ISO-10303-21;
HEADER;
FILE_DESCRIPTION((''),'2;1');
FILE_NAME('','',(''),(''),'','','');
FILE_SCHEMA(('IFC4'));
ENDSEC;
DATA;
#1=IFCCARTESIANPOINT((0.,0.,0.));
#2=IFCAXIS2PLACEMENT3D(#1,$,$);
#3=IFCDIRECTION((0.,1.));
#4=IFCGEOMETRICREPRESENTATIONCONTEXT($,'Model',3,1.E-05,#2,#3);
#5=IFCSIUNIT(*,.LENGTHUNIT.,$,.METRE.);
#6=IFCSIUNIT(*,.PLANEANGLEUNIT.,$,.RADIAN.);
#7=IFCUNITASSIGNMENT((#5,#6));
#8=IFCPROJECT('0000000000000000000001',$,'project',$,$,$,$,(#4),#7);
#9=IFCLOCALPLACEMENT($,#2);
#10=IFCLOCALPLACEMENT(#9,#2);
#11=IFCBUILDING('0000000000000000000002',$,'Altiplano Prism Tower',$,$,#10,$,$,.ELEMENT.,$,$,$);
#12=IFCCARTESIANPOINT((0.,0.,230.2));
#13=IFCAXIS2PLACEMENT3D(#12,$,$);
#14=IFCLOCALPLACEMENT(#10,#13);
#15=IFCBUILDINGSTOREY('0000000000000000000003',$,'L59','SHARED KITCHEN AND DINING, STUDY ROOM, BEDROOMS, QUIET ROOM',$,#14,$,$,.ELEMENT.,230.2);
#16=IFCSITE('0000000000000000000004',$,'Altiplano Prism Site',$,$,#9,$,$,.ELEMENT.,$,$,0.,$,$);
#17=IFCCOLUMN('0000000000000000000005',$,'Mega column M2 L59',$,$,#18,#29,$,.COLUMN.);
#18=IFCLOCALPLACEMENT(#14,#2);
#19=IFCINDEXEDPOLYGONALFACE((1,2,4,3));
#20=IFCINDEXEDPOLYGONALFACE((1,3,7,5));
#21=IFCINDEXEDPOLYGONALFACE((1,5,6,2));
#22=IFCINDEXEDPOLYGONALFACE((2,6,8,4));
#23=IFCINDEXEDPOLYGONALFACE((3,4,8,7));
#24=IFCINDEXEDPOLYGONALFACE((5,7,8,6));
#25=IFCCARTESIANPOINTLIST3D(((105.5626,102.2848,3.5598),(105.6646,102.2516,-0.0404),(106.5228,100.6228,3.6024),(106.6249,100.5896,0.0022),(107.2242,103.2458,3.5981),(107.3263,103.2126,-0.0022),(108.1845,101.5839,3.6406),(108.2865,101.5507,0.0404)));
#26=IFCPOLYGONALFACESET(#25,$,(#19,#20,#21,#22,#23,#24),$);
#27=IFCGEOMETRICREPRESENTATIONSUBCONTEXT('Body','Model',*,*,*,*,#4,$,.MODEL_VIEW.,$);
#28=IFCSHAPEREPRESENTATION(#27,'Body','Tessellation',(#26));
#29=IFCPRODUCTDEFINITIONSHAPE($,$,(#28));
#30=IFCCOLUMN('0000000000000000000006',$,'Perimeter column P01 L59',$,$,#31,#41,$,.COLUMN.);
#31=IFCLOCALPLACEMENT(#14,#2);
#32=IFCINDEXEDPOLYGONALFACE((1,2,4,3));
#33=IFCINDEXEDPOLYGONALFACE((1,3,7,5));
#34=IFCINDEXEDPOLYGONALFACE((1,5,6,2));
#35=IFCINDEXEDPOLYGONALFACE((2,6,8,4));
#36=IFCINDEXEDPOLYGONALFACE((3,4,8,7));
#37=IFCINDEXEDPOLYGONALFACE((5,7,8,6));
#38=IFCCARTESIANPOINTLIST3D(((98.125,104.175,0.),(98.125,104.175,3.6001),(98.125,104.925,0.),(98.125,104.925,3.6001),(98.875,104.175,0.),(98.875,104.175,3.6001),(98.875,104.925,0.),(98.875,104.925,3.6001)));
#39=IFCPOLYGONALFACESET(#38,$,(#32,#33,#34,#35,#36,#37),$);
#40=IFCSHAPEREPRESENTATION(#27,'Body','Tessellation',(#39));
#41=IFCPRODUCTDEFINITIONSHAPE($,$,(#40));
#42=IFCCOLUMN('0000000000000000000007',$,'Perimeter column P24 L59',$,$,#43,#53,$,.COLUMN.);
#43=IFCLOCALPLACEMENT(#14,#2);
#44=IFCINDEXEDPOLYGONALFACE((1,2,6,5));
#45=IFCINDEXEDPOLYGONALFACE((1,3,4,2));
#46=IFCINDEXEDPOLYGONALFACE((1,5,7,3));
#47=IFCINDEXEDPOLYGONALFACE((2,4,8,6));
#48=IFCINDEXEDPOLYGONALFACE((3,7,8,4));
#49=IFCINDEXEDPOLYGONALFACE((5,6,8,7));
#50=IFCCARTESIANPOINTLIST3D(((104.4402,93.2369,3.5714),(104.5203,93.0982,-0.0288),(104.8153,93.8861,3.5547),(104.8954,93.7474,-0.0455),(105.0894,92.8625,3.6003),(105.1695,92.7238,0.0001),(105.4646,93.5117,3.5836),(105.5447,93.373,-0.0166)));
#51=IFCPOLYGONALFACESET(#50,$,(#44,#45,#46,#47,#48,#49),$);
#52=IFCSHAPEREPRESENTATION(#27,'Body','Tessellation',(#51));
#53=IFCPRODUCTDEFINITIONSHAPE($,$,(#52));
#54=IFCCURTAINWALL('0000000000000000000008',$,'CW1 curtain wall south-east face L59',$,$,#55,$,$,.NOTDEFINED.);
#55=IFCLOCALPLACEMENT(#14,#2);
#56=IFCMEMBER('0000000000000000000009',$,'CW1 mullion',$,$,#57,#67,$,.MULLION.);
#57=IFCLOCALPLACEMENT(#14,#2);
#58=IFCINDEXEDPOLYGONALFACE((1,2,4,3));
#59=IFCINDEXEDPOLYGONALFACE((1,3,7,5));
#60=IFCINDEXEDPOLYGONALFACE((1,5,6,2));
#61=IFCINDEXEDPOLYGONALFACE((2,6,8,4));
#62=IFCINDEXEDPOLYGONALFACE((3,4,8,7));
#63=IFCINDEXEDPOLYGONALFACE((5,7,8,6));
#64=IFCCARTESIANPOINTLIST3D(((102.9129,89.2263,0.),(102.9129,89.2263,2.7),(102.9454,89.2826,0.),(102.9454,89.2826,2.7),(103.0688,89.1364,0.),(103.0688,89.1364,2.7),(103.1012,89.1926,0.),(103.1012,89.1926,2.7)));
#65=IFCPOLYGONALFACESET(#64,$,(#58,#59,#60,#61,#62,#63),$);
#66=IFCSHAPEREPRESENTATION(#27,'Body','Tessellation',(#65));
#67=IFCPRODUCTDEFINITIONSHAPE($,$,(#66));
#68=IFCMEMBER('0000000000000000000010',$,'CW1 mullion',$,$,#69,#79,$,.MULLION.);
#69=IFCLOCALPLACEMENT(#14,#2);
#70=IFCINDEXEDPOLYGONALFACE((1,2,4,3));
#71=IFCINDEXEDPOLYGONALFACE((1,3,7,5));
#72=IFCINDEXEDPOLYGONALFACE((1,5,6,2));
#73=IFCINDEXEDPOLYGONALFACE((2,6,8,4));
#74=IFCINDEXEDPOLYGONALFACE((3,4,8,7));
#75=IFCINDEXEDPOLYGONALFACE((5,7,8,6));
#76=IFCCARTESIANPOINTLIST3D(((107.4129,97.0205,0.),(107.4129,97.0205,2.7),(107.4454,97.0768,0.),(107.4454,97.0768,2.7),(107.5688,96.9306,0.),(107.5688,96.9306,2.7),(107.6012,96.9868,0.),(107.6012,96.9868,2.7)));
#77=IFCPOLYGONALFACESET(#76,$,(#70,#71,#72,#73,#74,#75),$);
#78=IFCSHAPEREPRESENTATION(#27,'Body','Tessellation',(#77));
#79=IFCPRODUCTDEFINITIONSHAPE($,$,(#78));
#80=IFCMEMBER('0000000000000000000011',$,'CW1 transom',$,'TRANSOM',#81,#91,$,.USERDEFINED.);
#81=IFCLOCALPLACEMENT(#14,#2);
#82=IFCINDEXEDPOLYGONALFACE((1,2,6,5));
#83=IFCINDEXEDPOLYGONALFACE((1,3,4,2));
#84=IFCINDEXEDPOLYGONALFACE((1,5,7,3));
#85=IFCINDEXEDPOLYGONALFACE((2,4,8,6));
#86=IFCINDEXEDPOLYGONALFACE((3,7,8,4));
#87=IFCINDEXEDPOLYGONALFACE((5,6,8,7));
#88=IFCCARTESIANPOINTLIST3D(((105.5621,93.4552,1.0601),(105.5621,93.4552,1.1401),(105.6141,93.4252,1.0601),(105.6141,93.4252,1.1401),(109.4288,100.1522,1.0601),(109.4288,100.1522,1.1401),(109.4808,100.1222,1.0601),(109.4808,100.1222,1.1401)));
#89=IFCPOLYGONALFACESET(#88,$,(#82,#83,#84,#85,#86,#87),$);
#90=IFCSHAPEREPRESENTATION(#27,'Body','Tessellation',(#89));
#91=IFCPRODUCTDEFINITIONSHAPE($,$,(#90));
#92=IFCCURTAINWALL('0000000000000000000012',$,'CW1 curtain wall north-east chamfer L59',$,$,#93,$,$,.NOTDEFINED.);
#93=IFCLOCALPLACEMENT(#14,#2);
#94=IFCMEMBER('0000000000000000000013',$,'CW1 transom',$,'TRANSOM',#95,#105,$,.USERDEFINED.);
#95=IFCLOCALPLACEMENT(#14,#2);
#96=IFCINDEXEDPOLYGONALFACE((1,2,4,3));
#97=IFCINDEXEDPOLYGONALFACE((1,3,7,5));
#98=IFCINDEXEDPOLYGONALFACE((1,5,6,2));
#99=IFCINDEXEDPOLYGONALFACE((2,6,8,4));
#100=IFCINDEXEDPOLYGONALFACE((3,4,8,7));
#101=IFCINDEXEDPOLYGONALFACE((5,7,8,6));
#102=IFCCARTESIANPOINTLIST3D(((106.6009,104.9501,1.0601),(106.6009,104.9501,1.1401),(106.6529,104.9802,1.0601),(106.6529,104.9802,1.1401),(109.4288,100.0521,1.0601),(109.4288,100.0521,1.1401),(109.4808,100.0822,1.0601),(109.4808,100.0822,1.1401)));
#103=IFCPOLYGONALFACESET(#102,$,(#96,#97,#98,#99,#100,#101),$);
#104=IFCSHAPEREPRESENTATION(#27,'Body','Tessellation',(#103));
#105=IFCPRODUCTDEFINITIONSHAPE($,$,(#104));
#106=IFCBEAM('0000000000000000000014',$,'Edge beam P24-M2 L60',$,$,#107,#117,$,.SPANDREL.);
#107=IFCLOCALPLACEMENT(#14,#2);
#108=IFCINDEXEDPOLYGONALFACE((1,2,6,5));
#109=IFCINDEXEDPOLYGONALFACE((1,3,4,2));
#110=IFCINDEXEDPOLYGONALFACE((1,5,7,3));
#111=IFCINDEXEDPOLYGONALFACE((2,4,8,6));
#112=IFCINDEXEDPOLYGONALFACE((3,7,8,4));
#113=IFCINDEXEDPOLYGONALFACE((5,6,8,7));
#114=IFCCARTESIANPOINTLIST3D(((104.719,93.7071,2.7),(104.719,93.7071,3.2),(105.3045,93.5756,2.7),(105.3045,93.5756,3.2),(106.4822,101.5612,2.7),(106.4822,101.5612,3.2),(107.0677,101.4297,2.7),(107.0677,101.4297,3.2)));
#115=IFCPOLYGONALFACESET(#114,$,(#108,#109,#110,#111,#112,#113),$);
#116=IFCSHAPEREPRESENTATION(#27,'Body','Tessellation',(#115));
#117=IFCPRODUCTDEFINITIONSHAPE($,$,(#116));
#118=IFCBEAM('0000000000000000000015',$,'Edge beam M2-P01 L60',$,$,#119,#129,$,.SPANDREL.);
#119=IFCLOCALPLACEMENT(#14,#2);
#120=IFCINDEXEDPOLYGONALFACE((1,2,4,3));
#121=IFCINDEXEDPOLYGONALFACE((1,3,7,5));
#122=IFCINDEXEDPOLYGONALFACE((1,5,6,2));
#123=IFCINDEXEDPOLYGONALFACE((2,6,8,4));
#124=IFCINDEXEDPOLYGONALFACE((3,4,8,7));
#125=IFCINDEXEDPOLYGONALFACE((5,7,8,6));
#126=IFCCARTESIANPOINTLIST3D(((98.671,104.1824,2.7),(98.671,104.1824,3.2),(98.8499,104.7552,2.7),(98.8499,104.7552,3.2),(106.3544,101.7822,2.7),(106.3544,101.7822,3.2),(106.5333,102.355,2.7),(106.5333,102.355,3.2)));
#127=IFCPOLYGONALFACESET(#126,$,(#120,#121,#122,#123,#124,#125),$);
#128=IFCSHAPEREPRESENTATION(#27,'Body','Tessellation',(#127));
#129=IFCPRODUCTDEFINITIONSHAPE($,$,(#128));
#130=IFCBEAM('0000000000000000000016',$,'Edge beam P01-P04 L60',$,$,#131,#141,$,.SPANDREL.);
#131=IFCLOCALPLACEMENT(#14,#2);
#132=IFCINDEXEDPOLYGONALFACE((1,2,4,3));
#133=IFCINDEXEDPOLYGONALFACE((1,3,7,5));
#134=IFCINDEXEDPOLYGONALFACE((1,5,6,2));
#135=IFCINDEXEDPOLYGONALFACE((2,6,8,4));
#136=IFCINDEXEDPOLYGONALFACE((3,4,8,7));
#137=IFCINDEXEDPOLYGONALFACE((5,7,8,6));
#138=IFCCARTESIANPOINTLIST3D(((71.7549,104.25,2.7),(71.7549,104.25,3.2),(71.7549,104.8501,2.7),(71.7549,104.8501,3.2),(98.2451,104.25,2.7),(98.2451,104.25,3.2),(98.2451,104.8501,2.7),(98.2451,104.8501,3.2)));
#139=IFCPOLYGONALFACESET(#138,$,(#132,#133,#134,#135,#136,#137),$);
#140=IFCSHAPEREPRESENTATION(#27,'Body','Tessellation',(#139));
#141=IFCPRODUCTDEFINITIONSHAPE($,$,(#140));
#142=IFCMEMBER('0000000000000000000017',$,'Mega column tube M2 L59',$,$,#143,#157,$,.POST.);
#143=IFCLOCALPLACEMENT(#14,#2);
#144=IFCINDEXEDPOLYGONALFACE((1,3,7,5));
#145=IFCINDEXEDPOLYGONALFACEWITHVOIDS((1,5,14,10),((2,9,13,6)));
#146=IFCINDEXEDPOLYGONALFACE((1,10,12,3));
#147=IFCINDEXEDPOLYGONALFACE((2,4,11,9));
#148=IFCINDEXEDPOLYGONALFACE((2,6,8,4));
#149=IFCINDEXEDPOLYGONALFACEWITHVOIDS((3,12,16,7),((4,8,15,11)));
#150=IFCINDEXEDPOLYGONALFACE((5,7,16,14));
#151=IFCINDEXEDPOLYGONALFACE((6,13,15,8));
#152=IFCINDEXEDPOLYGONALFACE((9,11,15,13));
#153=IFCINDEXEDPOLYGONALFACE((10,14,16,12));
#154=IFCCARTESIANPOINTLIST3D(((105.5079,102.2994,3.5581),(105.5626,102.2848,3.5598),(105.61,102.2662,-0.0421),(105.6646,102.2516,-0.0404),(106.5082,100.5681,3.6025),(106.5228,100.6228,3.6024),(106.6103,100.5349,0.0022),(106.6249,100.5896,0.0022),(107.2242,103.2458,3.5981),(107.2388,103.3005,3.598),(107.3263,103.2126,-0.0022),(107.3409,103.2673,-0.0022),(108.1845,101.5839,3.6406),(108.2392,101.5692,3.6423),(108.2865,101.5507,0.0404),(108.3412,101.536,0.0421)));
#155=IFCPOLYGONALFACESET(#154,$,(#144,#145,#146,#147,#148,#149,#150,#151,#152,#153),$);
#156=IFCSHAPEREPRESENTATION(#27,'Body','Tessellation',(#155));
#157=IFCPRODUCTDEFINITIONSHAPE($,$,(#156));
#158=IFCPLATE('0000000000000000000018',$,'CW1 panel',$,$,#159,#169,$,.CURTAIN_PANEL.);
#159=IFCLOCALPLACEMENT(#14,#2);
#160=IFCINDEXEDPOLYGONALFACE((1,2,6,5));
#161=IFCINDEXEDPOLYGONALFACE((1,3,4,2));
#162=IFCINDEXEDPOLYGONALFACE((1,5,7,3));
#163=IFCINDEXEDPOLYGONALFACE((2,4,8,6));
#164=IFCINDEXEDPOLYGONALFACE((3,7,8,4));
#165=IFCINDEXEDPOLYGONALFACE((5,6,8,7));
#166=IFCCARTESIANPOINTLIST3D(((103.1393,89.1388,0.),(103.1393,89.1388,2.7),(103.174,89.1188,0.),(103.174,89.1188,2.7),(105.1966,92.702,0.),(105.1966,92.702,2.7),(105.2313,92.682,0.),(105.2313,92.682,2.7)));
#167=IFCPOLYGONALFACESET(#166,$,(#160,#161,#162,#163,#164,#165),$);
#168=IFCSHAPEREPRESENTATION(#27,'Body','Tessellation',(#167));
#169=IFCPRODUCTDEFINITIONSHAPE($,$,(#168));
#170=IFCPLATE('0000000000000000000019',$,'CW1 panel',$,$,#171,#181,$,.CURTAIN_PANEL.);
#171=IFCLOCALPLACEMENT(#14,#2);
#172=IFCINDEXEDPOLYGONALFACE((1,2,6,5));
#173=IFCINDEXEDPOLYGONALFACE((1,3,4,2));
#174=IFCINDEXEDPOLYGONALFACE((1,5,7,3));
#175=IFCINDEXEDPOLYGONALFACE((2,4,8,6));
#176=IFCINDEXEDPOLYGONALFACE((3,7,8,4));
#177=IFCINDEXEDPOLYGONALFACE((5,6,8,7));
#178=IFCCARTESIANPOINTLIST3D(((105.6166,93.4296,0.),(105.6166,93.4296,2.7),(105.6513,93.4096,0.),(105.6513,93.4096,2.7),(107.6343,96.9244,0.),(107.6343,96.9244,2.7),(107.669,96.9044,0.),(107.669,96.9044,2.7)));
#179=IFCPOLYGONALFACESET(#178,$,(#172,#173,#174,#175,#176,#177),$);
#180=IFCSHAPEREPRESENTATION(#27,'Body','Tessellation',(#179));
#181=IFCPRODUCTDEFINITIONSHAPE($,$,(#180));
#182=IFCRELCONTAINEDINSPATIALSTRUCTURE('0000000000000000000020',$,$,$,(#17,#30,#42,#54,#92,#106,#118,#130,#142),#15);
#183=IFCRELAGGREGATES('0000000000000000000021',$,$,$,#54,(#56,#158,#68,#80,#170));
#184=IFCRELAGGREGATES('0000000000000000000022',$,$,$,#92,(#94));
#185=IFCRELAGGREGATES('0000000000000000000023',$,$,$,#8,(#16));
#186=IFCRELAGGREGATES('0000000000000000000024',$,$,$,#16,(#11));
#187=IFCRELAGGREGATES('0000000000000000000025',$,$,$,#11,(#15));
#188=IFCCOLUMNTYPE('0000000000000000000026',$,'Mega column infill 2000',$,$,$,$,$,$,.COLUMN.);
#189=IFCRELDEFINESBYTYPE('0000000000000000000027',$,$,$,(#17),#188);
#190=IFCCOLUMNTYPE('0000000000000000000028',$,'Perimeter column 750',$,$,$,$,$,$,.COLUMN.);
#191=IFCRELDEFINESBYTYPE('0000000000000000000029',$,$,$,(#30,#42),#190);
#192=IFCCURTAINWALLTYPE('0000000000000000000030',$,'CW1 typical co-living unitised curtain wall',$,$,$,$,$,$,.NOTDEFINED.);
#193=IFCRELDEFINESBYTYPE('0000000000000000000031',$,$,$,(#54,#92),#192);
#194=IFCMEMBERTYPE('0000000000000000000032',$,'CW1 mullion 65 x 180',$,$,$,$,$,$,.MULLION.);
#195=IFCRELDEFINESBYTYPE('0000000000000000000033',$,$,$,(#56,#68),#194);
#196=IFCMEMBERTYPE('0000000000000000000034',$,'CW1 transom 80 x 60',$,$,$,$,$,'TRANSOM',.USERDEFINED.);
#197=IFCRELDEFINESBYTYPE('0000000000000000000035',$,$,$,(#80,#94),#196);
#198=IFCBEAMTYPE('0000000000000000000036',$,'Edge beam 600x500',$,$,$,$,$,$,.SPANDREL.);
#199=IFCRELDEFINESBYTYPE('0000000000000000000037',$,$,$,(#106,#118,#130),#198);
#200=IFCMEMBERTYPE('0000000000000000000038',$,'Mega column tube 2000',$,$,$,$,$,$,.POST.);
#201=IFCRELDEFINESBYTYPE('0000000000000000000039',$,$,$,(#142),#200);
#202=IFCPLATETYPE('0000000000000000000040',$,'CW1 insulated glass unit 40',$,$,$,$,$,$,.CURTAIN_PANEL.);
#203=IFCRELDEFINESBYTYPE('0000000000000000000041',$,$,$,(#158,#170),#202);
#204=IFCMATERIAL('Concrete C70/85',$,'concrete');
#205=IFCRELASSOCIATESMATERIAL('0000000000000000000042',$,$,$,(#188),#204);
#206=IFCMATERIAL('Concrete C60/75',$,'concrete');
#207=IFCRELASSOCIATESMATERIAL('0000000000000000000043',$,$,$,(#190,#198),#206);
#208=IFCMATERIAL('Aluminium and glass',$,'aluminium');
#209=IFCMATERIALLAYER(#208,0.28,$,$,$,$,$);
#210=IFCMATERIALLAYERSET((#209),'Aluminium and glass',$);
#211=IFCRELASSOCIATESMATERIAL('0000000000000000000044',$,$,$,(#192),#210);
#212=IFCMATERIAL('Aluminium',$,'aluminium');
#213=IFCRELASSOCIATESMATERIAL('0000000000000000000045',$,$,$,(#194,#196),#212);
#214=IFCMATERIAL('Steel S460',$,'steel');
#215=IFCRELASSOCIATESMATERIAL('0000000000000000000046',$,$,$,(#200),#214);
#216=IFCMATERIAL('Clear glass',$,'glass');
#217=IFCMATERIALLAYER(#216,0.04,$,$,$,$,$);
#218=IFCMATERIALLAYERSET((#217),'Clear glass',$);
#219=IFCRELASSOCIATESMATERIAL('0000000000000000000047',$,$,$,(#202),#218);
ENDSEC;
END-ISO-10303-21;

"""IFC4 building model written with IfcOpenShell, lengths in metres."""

from ifc_helpers import new_model, si_unit, direction, frame, origin, origin_2d, place, context, subcontext, project, spatial, rectangle, hollow_rectangle, extrude, material, layer, layer_set, material_profile, profile_set, type_object, element, aggregate, save


model = new_model("IFC4")

# Units and contexts
model_context = context("Model", 3, precision=1e-05, world=origin(), true_north=direction((0.0, 1.0)))
body_context = subcontext(model_context, "Body", "Model", "MODEL_VIEW")
ifc_project = project(units=[si_unit("LENGTHUNIT", "METRE"), si_unit("PLANEANGLEUNIT", "RADIAN")], contexts=[model_context])

# Site, building, storey
site_placement = place(None, origin())
site = spatial("IfcSite", under=ifc_project, at=site_placement, Name="Altiplano Prism Site", CompositionType="ELEMENT", RefElevation=0.0)
building_placement = place(site_placement, origin())
building = spatial("IfcBuilding", under=site, at=building_placement, Name="Altiplano Prism Tower", CompositionType="ELEMENT")
storey_placement = place(building_placement, frame((0.0, 0.0, 230.2)))
storey = spatial("IfcBuildingStorey", under=building, at=storey_placement, Name="L59", Description="SHARED KITCHEN AND DINING, STUDY ROOM, BEDROOMS, QUIET ROOM", CompositionType="ELEMENT", Elevation=230.2)

# Columns
ifc_material_1 = material(Name="Concrete C70/85", Category="concrete")
ifc_material_profile_1 = material_profile(ifc_material_1, rectangle(XDim=1.9199, YDim=1.9199, at=origin_2d()), Name="Mega column infill 2000")
ifc_profile_set_1 = profile_set([ifc_material_profile_1], Name="Concrete C70/85")
column_type_1 = type_object("IfcColumnType", Name="Mega column infill 2000", PredefinedType="COLUMN", material=ifc_profile_set_1)
column_1_placement = place(storey_placement, frame((106.9756, 101.9011, 0.0), z_axis=(-0.028334, 0.009219, 0.999556), x_axis=(0.500159, -0.86565, 0.022162)))
element("IfcColumn", 1, at=column_1_placement, inside=storey, type_object=column_type_1, Name="Mega column M2 L59", PredefinedType="COLUMN", context=body_context, shape_type="SweptSolid", body=[
    extrude(rectangle(XDim=1.9199, YDim=1.9199, at=origin_2d()), origin(), (0.0, 0.0, 1.0), 3.6018),
])
ifc_material_2 = material(Name="Concrete C60/75", Category="concrete")
ifc_material_profile_2 = material_profile(ifc_material_2, rectangle(XDim=0.75, YDim=0.75, at=origin_2d()), Name="Perimeter column 750")
ifc_profile_set_2 = profile_set([ifc_material_profile_2], Name="Concrete C60/75")
column_type_2 = type_object("IfcColumnType", Name="Perimeter column 750", PredefinedType="COLUMN", material=ifc_profile_set_2)
column_2_placement = place(storey_placement, frame((98.5, 104.55, 0.0), z_axis=(0.0, 0.0, 1.0), x_axis=(1.0, 0.0, 0.0)))
element("IfcColumn", 2, at=column_2_placement, inside=storey, type_object=column_type_2, Name="Perimeter column P01 L59", PredefinedType="COLUMN", context=body_context, shape_type="SweptSolid", body=[
    extrude(rectangle(XDim=0.75, YDim=0.75, at=origin_2d()), origin(), (0.0, 0.0, 1.0), 3.6001),
])
column_3_placement = place(storey_placement, frame((105.0325, 93.2356, -0.0227), z_axis=(-0.022221, 0.038481, 0.999012), x_axis=(-0.500175, -0.865639, 0.022218)))
element("IfcColumn", 3, at=column_3_placement, inside=storey, type_object=column_type_2, Name="Perimeter column P24 L59", PredefinedType="COLUMN", context=body_context, shape_type="SweptSolid", body=[
    extrude(rectangle(XDim=0.75, YDim=0.75, at=origin_2d()), origin(), (0.0, 0.0, 1.0), 3.6038),
])

# Curtain wall, members
ifc_material_3 = material(Name="Aluminium and glass", Category="aluminium")
ifc_layer_1 = layer(ifc_material_3, 0.28)
ifc_layer_set_1 = layer_set([ifc_layer_1], Name="Aluminium and glass")
curtain_wall_type = type_object("IfcCurtainWallType", Name="CW1 typical co-living unitised curtain wall", PredefinedType="NOTDEFINED", material=ifc_layer_set_1)
curtain_wall_1_placement = place(storey_placement, origin())
curtain_wall_1 = element("IfcCurtainWall", 4, at=curtain_wall_1_placement, inside=storey, type_object=curtain_wall_type, Name="CW1 curtain wall south-east face L59", PredefinedType="NOTDEFINED")
ifc_material_4 = material(Name="Aluminium", Category="aluminium")
ifc_material_profile_3 = material_profile(ifc_material_4, rectangle(XDim=0.1799, YDim=0.0649, at=origin_2d()), Name="CW1 mullion 65 x 180")
ifc_profile_set_3 = profile_set([ifc_material_profile_3], Name="Aluminium")
member_type_1 = type_object("IfcMemberType", Name="CW1 mullion 65 x 180", PredefinedType="MULLION", material=ifc_profile_set_3)
member_1_placement = place(storey_placement, frame((103.0071, 89.2095, 0.0), z_axis=(0.0, 0.0, 1.0), x_axis=(-0.866025, 0.5, 0.0)))
member_1 = element("IfcMember", 5, at=member_1_placement, type_object=member_type_1, Name="CW1 mullion", PredefinedType="MULLION", context=body_context, shape_type="SweptSolid", body=[
    extrude(rectangle(XDim=0.1799, YDim=0.0649, at=origin_2d()), origin(), (0.0, 0.0, 1.0), 2.7),
])
member_2_placement = place(storey_placement, frame((107.5071, 97.0037, 0.0), z_axis=(0.0, 0.0, 1.0), x_axis=(-0.866025, 0.5, 0.0)))
member_2 = element("IfcMember", 6, at=member_2_placement, type_object=member_type_1, Name="CW1 mullion", PredefinedType="MULLION", context=body_context, shape_type="SweptSolid", body=[
    extrude(rectangle(XDim=0.1799, YDim=0.0649, at=origin_2d()), origin(), (0.0, 0.0, 1.0), 2.7),
])
ifc_material_profile_4 = material_profile(ifc_material_4, rectangle(XDim=0.0601, YDim=0.0801, at=origin_2d()), Name="CW1 transom 80 x 60")
ifc_profile_set_4 = profile_set([ifc_material_profile_4], Name="Aluminium")
member_type_2 = type_object("IfcMemberType", Name="CW1 transom 80 x 60", ElementType="TRANSOM", PredefinedType="USERDEFINED", material=ifc_profile_set_4)
member_3_placement = place(storey_placement, frame((105.5881, 93.4402, 1.1001), z_axis=(0.500017, 0.866016, 0.0), x_axis=(-0.866016, 0.500017, 0.0)))
member_3 = element("IfcMember", 7, at=member_3_placement, type_object=member_type_2, Name="CW1 transom", ObjectType="TRANSOM", PredefinedType="USERDEFINED", context=body_context, shape_type="SweptSolid", body=[
    extrude(rectangle(XDim=0.0601, YDim=0.0801, at=origin_2d()), origin(), (0.0, 0.0, 1.0), 7.7332),
])

# Curtain wall, member
curtain_wall_2_placement = place(storey_placement, origin())
curtain_wall_2 = element("IfcCurtainWall", 8, at=curtain_wall_2_placement, inside=storey, type_object=curtain_wall_type, Name="CW1 curtain wall north-east chamfer L59", PredefinedType="NOTDEFINED")
member_4_placement = place(storey_placement, frame((109.4548, 100.0671, 1.1001), z_axis=(-0.500006, 0.866022, 0.0), x_axis=(-0.866022, -0.500006, 0.0)))
member_4 = element("IfcMember", 9, at=member_4_placement, type_object=member_type_2, Name="CW1 transom", ObjectType="TRANSOM", PredefinedType="USERDEFINED", context=body_context, shape_type="SweptSolid", body=[
    extrude(rectangle(XDim=0.0601, YDim=0.0801, at=origin_2d()), origin(), (0.0, 0.0, 1.0), 5.6558),
])

# Beams
ifc_material_profile_5 = material_profile(ifc_material_2, rectangle(XDim=0.6001, YDim=0.5, at=origin_2d()), Name="Edge beam 600x500")
ifc_profile_set_5 = profile_set([ifc_material_profile_5], Name="Concrete C60/75")
beam_type = type_object("IfcBeamType", Name="Edge beam 600x500", PredefinedType="SPANDREL", material=ifc_profile_set_5)
for number, where, z_axis, x_axis, name in (
    (10, (105.0117, 93.6414, 2.95), (0.219043, 0.975715, 0.0), (-0.975715, 0.219043, 0.0), "Edge beam P24-M2 L60"),
    (11, (106.4438, 102.0686, 2.95), (-0.954512, 0.298173, 0.0), (-0.298173, -0.954512, 0.0), "Edge beam M2-P01 L60"),
):
    element("IfcBeam", number, at=place(storey_placement, frame(where, z_axis=z_axis, x_axis=x_axis)), inside=storey, type_object=beam_type, Name=name, PredefinedType="SPANDREL", context=body_context, shape_type="SweptSolid", body=[
        extrude(rectangle(XDim=0.6001, YDim=0.5, at=origin_2d()), origin(), (0.0, 0.0, 1.0), 8.0496),
    ])
beam_placement = place(storey_placement, frame((98.2451, 104.55, 2.95), z_axis=(-1.0, 0.0, 0.0), x_axis=(0.0, -1.0, 0.0)))
element("IfcBeam", 12, at=beam_placement, inside=storey, type_object=beam_type, Name="Edge beam P01-P04 L60", PredefinedType="SPANDREL", context=body_context, shape_type="SweptSolid", body=[
    extrude(rectangle(XDim=0.6001, YDim=0.5, at=origin_2d()), origin(), (0.0, 0.0, 1.0), 26.4902),
])

# Member
ifc_material_5 = material(Name="Steel S460", Category="steel")
ifc_material_profile_6 = material_profile(ifc_material_5, hollow_rectangle(XDim=2.0, YDim=2.0, WallThickness=0.04, at=origin_2d()), Name="Mega column tube 2000")
ifc_profile_set_6 = profile_set([ifc_material_profile_6], Name="Steel S460")
member_type_3 = type_object("IfcMemberType", Name="Mega column tube 2000", PredefinedType="POST", material=ifc_profile_set_6)
member_5_placement = place(storey_placement, frame((106.9756, 101.9011, 0.0), z_axis=(-0.028334, 0.009219, 0.999556), x_axis=(0.500159, -0.86565, 0.022162)))
element("IfcMember", 13, at=member_5_placement, inside=storey, type_object=member_type_3, Name="Mega column tube M2 L59", PredefinedType="POST", context=body_context, shape_type="SweptSolid", body=[
    extrude(hollow_rectangle(XDim=2.0, YDim=2.0, WallThickness=0.04, at=origin_2d()), origin(), (0.0, 0.0, 1.0), 3.6018),
])

# Plates
ifc_material_6 = material(Name="Clear glass", Category="glass")
ifc_layer_2 = layer(ifc_material_6, 0.04)
ifc_layer_set_2 = layer_set([ifc_layer_2], Name="Clear glass")
plate_type = type_object("IfcPlateType", Name="CW1 insulated glass unit 40", PredefinedType="CURTAIN_PANEL", material=ifc_layer_set_2)
plate_1_placement = place(storey_placement, frame((104.1853, 90.9104, 0.0), z_axis=(0.0, 0.0, 1.0), x_axis=(0.5, 0.866025, 0.0)))
plate_1 = element("IfcPlate", 14, at=plate_1_placement, type_object=plate_type, Name="CW1 panel", PredefinedType="CURTAIN_PANEL", context=body_context, shape_type="SweptSolid", body=[
    extrude(rectangle(XDim=4.1145, YDim=0.04, at=origin_2d()), origin(), (0.0, 0.0, 1.0), 2.7),
])
plate_2_placement = place(storey_placement, frame((106.6428, 95.167, 0.0), z_axis=(0.0, 0.0, 1.0), x_axis=(0.5, 0.866025, 0.0)))
plate_2 = element("IfcPlate", 15, at=plate_2_placement, type_object=plate_type, Name="CW1 panel", PredefinedType="CURTAIN_PANEL", context=body_context, shape_type="SweptSolid", body=[
    extrude(rectangle(XDim=4.0354, YDim=0.04, at=origin_2d()), origin(), (0.0, 0.0, 1.0), 2.7),
])
aggregate(curtain_wall_1, [member_1, plate_1, member_2, member_3, plate_2])
aggregate(curtain_wall_2, [member_4])

save(model, "model.ifc")
